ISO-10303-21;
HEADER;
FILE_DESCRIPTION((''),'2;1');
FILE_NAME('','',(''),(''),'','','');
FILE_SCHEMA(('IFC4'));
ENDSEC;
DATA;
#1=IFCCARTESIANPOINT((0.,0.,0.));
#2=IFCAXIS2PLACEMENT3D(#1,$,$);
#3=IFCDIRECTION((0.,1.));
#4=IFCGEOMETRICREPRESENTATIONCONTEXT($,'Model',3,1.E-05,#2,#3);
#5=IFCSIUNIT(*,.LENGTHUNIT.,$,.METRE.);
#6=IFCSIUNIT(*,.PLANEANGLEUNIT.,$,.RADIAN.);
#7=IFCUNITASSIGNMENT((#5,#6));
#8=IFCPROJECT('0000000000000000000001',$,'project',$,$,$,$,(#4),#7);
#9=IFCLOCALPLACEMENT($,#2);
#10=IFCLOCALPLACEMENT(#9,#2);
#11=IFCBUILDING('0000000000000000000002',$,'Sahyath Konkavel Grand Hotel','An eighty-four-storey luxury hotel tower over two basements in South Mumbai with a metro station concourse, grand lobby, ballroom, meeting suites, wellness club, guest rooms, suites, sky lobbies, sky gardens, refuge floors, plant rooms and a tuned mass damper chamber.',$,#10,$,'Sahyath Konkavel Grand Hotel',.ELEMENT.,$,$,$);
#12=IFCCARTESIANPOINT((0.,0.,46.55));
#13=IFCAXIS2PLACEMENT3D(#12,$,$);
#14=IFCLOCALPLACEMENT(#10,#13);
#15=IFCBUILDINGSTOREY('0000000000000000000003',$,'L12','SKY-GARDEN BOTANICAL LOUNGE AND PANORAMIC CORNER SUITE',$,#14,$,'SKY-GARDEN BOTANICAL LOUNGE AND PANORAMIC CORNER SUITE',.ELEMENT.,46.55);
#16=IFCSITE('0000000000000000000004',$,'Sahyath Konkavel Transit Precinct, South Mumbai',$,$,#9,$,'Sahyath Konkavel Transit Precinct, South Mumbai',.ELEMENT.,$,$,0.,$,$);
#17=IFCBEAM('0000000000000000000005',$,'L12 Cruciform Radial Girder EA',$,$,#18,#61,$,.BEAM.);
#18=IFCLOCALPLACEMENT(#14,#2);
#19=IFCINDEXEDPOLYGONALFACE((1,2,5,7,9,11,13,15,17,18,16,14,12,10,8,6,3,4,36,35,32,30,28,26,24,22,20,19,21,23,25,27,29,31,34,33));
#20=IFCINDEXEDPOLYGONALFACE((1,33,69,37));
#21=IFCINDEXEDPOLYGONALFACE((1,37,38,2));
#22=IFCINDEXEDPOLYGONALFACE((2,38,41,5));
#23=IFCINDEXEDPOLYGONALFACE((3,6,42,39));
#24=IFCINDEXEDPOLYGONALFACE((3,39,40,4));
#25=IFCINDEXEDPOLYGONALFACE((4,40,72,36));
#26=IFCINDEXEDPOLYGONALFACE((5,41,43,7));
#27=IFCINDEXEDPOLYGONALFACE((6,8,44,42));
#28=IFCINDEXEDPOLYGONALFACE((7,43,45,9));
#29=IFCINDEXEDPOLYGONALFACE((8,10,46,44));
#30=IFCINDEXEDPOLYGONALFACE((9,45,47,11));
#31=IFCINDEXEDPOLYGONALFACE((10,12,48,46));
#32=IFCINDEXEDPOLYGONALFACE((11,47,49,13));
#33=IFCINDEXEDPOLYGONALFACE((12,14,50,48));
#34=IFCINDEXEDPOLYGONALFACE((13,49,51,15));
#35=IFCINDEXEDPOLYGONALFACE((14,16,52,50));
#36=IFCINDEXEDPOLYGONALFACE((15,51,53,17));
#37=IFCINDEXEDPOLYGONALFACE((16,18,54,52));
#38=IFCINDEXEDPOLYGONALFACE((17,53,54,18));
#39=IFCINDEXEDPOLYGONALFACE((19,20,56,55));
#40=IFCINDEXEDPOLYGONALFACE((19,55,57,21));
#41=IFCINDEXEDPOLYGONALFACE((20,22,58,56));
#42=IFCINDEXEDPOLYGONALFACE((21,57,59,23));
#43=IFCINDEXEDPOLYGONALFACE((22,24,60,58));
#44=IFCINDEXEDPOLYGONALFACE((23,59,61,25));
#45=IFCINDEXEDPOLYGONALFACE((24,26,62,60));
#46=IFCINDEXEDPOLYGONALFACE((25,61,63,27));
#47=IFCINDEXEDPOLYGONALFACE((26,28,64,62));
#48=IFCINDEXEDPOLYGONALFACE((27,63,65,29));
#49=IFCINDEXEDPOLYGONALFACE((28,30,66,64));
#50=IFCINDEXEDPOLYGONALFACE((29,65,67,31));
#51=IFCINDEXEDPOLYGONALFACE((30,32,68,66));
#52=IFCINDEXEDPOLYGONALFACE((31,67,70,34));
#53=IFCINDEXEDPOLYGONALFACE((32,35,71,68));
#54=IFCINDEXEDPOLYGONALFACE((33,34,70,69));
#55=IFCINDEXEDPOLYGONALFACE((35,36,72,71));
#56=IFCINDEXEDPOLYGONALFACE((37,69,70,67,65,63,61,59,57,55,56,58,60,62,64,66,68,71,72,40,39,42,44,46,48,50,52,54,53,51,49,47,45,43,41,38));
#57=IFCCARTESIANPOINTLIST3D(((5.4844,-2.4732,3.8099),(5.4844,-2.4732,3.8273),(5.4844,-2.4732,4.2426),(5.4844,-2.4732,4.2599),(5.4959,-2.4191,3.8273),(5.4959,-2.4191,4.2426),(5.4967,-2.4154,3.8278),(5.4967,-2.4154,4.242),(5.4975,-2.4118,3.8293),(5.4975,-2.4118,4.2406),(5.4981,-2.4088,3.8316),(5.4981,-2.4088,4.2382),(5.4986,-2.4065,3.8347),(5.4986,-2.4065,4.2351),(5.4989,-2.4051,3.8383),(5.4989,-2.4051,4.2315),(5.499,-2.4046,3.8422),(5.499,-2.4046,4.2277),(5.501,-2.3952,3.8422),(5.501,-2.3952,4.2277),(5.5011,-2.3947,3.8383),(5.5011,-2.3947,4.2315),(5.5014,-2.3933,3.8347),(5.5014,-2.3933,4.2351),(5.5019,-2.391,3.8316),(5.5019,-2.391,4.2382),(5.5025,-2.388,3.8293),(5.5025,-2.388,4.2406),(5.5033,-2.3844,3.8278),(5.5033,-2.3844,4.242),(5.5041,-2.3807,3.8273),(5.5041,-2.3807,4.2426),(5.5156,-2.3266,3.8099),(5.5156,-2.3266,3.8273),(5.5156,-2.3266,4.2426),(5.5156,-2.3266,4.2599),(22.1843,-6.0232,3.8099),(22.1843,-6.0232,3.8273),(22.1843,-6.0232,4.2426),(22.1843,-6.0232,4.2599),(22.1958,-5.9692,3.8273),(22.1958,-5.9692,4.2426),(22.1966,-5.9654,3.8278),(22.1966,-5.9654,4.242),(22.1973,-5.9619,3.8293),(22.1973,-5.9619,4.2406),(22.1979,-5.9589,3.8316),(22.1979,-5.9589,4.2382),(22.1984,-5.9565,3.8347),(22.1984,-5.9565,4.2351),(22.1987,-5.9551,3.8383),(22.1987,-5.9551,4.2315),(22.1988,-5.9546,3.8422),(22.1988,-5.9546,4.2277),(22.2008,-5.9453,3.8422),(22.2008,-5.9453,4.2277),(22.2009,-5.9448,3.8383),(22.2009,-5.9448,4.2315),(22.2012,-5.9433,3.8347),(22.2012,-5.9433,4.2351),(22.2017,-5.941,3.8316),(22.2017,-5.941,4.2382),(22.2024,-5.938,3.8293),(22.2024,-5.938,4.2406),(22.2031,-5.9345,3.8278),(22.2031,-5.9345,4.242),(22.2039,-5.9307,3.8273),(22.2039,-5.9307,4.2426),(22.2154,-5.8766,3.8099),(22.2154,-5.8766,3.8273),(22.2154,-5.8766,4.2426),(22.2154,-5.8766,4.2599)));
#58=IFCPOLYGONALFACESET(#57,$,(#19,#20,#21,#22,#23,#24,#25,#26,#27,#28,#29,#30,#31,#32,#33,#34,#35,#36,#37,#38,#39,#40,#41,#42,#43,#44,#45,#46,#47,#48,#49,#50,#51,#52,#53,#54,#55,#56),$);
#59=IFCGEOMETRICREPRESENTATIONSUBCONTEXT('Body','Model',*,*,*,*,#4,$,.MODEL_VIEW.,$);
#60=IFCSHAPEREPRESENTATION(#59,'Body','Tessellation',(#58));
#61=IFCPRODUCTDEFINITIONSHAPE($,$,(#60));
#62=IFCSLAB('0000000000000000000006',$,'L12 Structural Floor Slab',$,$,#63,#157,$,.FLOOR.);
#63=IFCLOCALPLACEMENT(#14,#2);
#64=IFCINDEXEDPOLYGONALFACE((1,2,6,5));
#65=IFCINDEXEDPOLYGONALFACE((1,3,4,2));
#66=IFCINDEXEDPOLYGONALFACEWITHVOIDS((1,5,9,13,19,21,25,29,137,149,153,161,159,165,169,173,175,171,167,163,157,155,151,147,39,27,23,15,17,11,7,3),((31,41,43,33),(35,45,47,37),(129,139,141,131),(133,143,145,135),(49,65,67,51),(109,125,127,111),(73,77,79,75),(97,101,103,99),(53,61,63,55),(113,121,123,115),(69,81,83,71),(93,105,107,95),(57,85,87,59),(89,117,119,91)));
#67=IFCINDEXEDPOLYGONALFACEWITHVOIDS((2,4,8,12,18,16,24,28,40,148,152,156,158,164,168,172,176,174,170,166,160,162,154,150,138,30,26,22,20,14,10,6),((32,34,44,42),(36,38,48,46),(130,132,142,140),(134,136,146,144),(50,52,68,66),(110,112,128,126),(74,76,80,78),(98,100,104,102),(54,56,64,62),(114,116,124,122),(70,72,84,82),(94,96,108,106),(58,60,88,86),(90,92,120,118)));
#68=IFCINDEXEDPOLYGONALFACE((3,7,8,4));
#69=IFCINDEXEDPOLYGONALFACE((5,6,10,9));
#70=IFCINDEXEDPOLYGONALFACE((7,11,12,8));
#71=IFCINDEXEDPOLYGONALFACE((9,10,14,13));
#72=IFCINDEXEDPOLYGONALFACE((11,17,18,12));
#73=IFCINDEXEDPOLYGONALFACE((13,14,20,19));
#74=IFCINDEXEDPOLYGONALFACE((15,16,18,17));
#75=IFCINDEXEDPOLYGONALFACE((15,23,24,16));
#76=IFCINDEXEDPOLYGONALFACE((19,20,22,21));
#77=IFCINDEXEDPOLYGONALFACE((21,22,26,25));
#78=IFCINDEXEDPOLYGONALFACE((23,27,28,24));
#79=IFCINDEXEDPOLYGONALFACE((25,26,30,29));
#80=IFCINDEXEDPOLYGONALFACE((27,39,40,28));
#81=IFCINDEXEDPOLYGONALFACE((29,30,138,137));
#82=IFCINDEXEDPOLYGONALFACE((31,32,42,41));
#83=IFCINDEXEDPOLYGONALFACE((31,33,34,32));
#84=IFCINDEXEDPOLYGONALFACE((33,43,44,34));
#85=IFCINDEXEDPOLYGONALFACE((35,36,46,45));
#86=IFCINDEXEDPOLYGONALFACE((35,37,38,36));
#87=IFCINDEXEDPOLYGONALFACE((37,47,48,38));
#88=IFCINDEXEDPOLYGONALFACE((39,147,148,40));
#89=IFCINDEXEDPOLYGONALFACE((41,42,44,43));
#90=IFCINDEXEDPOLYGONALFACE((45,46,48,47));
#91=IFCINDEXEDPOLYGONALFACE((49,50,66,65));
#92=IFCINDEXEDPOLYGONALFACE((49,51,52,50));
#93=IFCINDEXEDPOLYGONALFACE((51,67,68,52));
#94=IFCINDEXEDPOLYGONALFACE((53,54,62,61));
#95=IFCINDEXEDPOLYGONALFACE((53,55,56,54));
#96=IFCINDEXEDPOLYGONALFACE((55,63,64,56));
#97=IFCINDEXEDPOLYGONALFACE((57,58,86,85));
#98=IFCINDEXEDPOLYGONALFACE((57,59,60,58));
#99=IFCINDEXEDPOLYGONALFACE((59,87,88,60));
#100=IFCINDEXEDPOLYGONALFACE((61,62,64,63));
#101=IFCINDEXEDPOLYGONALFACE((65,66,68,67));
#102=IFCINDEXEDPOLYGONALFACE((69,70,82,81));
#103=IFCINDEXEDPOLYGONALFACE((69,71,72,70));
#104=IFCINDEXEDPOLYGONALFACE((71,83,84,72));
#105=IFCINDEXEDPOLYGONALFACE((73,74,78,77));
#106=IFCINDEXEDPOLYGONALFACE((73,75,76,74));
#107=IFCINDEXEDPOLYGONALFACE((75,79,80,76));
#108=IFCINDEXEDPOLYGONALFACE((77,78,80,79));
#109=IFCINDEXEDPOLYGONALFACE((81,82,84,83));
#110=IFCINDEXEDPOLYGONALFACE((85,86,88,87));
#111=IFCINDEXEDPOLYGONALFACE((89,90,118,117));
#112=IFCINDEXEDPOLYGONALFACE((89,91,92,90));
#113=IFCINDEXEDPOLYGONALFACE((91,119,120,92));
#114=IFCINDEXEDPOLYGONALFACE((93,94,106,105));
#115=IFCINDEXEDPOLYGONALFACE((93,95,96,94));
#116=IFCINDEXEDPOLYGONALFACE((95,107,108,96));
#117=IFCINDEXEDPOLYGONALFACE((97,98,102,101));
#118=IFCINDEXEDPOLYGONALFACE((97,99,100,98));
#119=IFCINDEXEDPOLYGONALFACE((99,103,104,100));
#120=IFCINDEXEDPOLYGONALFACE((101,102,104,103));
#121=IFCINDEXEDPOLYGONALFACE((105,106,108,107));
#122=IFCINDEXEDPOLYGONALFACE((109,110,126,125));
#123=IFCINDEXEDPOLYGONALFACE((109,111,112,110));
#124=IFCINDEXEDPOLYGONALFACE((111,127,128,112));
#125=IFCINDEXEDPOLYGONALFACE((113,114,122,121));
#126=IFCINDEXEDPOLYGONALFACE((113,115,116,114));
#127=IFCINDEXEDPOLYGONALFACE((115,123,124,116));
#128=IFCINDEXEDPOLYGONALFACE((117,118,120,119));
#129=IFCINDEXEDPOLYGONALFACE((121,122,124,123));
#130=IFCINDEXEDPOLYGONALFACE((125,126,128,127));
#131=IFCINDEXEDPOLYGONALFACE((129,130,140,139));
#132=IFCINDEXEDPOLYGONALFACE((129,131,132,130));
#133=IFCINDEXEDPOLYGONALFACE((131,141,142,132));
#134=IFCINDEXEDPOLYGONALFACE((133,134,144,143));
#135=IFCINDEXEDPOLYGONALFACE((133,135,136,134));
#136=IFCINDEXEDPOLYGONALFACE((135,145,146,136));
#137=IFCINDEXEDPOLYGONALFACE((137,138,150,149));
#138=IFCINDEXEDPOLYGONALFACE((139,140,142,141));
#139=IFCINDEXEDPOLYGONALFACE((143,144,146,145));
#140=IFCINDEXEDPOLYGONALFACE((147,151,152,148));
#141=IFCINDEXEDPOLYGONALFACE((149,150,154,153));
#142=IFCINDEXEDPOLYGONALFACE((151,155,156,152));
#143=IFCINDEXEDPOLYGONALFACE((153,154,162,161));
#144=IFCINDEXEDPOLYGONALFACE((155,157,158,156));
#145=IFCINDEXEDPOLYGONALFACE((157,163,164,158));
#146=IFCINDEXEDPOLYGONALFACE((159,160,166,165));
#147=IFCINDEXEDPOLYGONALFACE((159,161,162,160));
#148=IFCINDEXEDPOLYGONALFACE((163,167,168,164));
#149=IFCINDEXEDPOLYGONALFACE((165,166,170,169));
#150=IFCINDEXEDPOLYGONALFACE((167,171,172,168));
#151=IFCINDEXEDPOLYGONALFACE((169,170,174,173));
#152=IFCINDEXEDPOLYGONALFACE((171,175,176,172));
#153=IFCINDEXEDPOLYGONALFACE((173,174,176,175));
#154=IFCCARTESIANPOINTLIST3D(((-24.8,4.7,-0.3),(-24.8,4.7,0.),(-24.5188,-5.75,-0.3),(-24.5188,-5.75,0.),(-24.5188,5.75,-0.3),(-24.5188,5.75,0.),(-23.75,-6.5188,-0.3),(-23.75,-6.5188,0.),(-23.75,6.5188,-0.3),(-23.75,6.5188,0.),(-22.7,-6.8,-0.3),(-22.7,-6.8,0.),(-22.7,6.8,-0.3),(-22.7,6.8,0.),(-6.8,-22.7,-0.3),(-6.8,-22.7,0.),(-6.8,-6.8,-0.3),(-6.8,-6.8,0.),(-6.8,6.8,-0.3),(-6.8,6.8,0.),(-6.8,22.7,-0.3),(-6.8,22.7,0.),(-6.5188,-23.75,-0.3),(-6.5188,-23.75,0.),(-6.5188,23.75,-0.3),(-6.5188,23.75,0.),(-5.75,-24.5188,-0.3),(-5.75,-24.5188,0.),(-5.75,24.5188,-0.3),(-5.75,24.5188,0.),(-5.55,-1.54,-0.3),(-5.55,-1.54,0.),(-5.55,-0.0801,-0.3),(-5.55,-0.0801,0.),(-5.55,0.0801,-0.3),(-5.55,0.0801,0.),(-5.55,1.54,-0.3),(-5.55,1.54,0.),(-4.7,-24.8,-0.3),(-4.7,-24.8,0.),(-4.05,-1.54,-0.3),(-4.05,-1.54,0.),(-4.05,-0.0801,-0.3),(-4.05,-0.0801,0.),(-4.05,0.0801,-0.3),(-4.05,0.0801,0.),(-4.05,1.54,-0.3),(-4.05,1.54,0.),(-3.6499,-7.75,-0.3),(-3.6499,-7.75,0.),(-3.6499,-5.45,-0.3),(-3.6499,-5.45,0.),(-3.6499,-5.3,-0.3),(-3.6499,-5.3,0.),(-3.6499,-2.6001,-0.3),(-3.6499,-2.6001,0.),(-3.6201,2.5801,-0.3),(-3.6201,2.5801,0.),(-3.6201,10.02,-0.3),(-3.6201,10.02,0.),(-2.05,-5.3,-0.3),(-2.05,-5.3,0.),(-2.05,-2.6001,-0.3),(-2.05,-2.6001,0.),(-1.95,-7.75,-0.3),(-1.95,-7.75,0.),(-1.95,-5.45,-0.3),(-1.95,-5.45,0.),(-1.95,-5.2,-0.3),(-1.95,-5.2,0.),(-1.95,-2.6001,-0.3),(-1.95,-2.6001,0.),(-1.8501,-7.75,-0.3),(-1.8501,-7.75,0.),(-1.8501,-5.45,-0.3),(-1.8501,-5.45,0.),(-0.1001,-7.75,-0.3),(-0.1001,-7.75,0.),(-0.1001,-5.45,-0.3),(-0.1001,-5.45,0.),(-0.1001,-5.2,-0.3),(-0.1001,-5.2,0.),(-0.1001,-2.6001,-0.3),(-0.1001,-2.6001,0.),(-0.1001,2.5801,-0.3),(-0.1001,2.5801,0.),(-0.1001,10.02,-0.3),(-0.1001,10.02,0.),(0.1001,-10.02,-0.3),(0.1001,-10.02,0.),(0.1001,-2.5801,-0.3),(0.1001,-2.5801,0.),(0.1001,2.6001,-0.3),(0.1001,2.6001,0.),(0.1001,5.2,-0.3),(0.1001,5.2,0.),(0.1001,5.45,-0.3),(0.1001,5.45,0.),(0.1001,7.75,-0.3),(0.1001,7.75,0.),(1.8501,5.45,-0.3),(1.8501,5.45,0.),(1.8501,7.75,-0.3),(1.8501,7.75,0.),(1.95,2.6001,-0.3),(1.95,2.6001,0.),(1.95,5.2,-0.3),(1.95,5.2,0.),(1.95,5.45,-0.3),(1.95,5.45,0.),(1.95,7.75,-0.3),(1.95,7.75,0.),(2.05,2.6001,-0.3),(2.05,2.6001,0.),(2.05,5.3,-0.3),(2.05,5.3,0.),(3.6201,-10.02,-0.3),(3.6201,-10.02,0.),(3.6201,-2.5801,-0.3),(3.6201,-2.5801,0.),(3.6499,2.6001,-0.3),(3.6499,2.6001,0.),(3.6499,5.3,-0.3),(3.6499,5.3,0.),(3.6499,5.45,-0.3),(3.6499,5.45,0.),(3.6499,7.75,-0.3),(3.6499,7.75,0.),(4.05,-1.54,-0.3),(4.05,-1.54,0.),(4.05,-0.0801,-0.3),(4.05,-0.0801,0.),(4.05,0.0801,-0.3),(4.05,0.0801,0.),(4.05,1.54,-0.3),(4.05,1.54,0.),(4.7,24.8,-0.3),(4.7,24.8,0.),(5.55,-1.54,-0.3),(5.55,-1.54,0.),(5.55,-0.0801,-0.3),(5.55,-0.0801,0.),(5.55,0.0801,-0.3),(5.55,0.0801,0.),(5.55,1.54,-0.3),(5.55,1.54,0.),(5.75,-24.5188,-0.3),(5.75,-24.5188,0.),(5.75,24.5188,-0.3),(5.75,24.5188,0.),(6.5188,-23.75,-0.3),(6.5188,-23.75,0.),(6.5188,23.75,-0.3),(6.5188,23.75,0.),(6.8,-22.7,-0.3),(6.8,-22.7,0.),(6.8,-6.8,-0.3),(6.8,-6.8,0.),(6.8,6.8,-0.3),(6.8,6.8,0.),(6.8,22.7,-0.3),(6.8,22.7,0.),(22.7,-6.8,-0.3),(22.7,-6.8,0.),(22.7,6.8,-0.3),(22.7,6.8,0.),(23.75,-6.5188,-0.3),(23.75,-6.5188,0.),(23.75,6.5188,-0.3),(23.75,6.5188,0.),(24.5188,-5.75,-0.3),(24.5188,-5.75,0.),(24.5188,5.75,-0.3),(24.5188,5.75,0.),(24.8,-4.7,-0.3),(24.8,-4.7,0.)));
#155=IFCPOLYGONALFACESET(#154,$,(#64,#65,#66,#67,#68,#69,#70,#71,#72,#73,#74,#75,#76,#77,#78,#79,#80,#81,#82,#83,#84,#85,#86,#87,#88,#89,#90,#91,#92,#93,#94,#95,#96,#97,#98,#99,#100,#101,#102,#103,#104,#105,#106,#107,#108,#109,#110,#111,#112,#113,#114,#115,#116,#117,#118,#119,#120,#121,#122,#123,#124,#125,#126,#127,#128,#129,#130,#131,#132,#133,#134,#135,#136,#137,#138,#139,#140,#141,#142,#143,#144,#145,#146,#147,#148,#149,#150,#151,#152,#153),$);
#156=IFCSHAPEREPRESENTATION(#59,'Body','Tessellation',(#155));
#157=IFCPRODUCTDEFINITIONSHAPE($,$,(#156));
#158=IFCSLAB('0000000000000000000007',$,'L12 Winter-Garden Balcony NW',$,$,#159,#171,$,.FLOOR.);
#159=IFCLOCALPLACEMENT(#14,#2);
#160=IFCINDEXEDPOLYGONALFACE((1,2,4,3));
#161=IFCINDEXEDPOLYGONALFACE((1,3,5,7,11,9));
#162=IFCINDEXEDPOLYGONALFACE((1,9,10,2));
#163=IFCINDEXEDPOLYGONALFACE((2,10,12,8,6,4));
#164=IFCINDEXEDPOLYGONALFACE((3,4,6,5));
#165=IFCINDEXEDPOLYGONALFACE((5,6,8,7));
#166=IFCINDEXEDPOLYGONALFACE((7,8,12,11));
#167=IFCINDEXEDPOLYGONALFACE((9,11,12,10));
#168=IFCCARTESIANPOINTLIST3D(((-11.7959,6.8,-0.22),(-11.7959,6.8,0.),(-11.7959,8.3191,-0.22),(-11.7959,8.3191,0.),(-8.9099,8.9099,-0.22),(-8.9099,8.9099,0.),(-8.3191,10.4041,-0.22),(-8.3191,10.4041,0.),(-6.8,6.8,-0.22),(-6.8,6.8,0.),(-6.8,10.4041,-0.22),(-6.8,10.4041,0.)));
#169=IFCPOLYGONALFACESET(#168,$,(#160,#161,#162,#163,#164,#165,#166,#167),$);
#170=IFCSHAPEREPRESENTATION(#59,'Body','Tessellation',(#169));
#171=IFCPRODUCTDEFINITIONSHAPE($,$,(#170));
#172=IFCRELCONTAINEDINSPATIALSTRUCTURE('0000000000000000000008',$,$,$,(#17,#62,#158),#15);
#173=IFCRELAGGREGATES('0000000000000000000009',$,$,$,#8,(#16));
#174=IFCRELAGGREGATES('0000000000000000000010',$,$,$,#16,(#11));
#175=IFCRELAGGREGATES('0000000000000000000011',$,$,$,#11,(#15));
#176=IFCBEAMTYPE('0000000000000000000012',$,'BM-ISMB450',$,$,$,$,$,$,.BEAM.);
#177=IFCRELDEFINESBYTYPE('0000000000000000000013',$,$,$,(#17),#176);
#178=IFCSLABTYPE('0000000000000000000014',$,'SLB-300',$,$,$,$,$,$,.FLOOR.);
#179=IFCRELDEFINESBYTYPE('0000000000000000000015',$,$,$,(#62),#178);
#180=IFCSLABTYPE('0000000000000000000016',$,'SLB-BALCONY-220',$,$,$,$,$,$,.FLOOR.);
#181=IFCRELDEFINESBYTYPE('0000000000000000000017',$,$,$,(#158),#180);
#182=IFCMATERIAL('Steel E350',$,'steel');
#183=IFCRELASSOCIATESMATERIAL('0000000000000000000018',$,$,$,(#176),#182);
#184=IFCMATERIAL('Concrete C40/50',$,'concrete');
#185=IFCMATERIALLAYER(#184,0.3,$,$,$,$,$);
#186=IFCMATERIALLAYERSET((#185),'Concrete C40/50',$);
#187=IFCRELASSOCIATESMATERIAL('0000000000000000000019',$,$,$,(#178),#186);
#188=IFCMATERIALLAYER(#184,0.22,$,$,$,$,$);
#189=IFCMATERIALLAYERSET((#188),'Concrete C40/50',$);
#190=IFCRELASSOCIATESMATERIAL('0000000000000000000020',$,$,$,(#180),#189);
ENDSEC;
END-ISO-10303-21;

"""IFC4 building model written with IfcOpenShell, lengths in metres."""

from ifc_helpers import new_model, si_unit, direction, frame, origin, origin_2d, place, context, subcontext, project, spatial, polyline, i_section, outline, extrude, source, transform, mapped, material, layer, layer_set, material_profile, profile_set, type_object, element, save


model = new_model("IFC4")

# Units and contexts
model_context = context("Model", 3, precision=1e-05, world=origin(), true_north=direction((0.0, 1.0)))
body_context = subcontext(model_context, "Body", "Model", "MODEL_VIEW")
ifc_project = project(units=[si_unit("LENGTHUNIT", "METRE"), si_unit("PLANEANGLEUNIT", "RADIAN")], contexts=[model_context])

# Site, building, storey
site_placement = place(None, origin())
site = spatial("IfcSite", under=ifc_project, at=site_placement, Name="Sahyath Konkavel Transit Precinct, South Mumbai", LongName="Sahyath Konkavel Transit Precinct, South Mumbai", CompositionType="ELEMENT", RefElevation=0.0)
building_placement = place(site_placement, origin())
building = spatial("IfcBuilding", under=site, at=building_placement, Name="Sahyath Konkavel Grand Hotel", Description="An eighty-four-storey luxury hotel tower over two basements in South Mumbai with a metro station concourse, grand lobby, ballroom, meeting suites, wellness club, guest rooms, suites, sky lobbies, sky gardens, refuge floors, plant rooms and a tuned mass damper chamber.", LongName="Sahyath Konkavel Grand Hotel", CompositionType="ELEMENT")
storey_placement = place(building_placement, frame((0.0, 0.0, 46.55)))
storey = spatial("IfcBuildingStorey", under=building, at=storey_placement, Name="L12", Description="SKY-GARDEN BOTANICAL LOUNGE AND PANORAMIC CORNER SUITE", LongName="SKY-GARDEN BOTANICAL LOUNGE AND PANORAMIC CORNER SUITE", CompositionType="ELEMENT", Elevation=46.55)

# Beam
ifc_material_1 = material(Name="Steel E350", Category="steel")
ifc_material_profile_1 = material_profile(ifc_material_1, i_section(OverallWidth=0.1499, OverallDepth=0.45, WebThickness=0.0095, FlangeThickness=0.0173, FilletRadius=0.0149, at=origin_2d()), Name="ISMB 450")
ifc_profile_set_1 = profile_set([ifc_material_profile_1], Name="Steel E350")
beam_type_1 = type_object("IfcBeamType", Name="BM-ISMB450", PredefinedType="BEAM", material=ifc_profile_set_1)
shared_shape_1 = source(origin(), body_context, "Body", "SweptSolid", [
    extrude(i_section(OverallWidth=0.1499, OverallDepth=0.45, WebThickness=0.0095, FlangeThickness=0.0173, FilletRadius=0.0149, at=origin_2d()), origin(), (0.0, 0.0, 1.0), 17.073),
])
beam_1_placement = place(storey_placement, frame((5.5, -2.3999, 4.0349), z_axis=(0.978143, -0.207932, 0.0), x_axis=(0.207932, 0.978143, 0.0)))
element("IfcBeam", 1, at=beam_1_placement, inside=storey, type_object=beam_type_1, Name="L12 Cruciform Radial Girder EA", PredefinedType="BEAM", context=body_context, shape_type="MappedRepresentation", body=[
    mapped(shared_shape_1, transform((0.0, 0.0, 0.0), scale=1.0)),
])

# Slabs
ifc_material_2 = material(Name="Concrete C40/50", Category="concrete")
ifc_layer_1 = layer(ifc_material_2, 0.3)
ifc_layer_set_1 = layer_set([ifc_layer_1], Name="Concrete C40/50")
slab_type_1 = type_object("IfcSlabType", Name="SLB-300", PredefinedType="FLOOR", material=ifc_layer_set_1)
slab_1_placement = place(storey_placement, frame((0.0, 0.0, -0.3)))
element("IfcSlab", 2, at=slab_1_placement, inside=storey, type_object=slab_type_1, Name="L12 Structural Floor Slab", PredefinedType="FLOOR", context=body_context, shape_type="SweptSolid", body=[
    extrude(outline(polyline([(6.8, -6.8), (22.7, -6.8), (23.75, -6.5188), (24.5188, -5.75), (24.8, -4.7), (24.5188, 5.75), (23.75, 6.5188), (22.7, 6.8), (6.8, 6.8), (6.8, 22.7), (6.5188, 23.75), (5.75, 24.5188), (4.7, 24.8), (-5.75, 24.5188), (-6.5188, 23.75), (-6.8, 22.7), (-6.8, 6.8), (-22.7, 6.8), (-23.75, 6.5188), (-24.5188, 5.75), (-24.8, 4.7), (-24.5188, -5.75), (-23.75, -6.5188), (-22.7, -6.8), (-6.8, -6.8), (-6.8, -22.7), (-6.5188, -23.75), (-5.75, -24.5188), (-4.7, -24.8), (5.75, -24.5188), (6.5188, -23.75), (6.8, -22.7), (6.8, -6.8)]), holes=[polyline([(-3.6201, 2.5801), (-0.1001, 2.5801), (-0.1001, 10.02), (-3.6201, 10.02), (-3.6201, 2.5801)]), polyline([(0.1001, -10.02), (3.6201, -10.02), (3.6201, -2.5801), (0.1001, -2.5801), (0.1001, -10.02)]), polyline([(0.1001, 2.6001), (1.95, 2.6001), (1.95, 5.2), (0.1001, 5.2), (0.1001, 2.6001)]), polyline([(-1.95, -5.2), (-0.1001, -5.2), (-0.1001, -2.6001), (-1.95, -2.6001), (-1.95, -5.2)]), polyline([(2.05, 2.6001), (3.6499, 2.6001), (3.6499, 5.3), (2.05, 5.3), (2.05, 2.6001)]), polyline([(-3.6499, -5.3), (-2.05, -5.3), (-2.05, -2.6001), (-3.6499, -2.6001), (-3.6499, -5.3)]), polyline([(0.1001, 5.45), (1.8501, 5.45), (1.8501, 7.75), (0.1001, 7.75), (0.1001, 5.45)]), polyline([(1.95, 5.45), (3.6499, 5.45), (3.6499, 7.75), (1.95, 7.75), (1.95, 5.45)]), polyline([(-3.6499, -7.75), (-1.95, -7.75), (-1.95, -5.45), (-3.6499, -5.45), (-3.6499, -7.75)]), polyline([(-1.8501, -7.75), (-0.1001, -7.75), (-0.1001, -5.45), (-1.8501, -5.45), (-1.8501, -7.75)]), polyline([(4.05, 0.0801), (5.55, 0.0801), (5.55, 1.54), (4.05, 1.54), (4.05, 0.0801)]), polyline([(4.05, -1.54), (5.55, -1.54), (5.55, -0.0801), (4.05, -0.0801), (4.05, -1.54)]), polyline([(-5.55, 0.0801), (-4.05, 0.0801), (-4.05, 1.54), (-5.55, 1.54), (-5.55, 0.0801)]), polyline([(-5.55, -1.54), (-4.05, -1.54), (-4.05, -0.0801), (-5.55, -0.0801), (-5.55, -1.54)])]), origin(), (0.0, 0.0, 1.0), 0.3),
])
ifc_layer_2 = layer(ifc_material_2, 0.22)
ifc_layer_set_2 = layer_set([ifc_layer_2], Name="Concrete C40/50")
slab_type_2 = type_object("IfcSlabType", Name="SLB-BALCONY-220", PredefinedType="FLOOR", material=ifc_layer_set_2)
slab_2_placement = place(storey_placement, frame((0.0, 0.0, -0.22)))
element("IfcSlab", 3, at=slab_2_placement, inside=storey, type_object=slab_type_2, Name="L12 Winter-Garden Balcony NW", PredefinedType="FLOOR", context=body_context, shape_type="SweptSolid", body=[
    extrude(outline(polyline([(-6.8, 6.8), (-6.8, 10.4041), (-8.3191, 10.4041), (-8.9099, 8.9099), (-11.7959, 8.3191), (-11.7959, 6.8), (-6.8, 6.8)])), origin(), (0.0, 0.0, 1.0), 0.22),
])

save(model, "model.ifc")
